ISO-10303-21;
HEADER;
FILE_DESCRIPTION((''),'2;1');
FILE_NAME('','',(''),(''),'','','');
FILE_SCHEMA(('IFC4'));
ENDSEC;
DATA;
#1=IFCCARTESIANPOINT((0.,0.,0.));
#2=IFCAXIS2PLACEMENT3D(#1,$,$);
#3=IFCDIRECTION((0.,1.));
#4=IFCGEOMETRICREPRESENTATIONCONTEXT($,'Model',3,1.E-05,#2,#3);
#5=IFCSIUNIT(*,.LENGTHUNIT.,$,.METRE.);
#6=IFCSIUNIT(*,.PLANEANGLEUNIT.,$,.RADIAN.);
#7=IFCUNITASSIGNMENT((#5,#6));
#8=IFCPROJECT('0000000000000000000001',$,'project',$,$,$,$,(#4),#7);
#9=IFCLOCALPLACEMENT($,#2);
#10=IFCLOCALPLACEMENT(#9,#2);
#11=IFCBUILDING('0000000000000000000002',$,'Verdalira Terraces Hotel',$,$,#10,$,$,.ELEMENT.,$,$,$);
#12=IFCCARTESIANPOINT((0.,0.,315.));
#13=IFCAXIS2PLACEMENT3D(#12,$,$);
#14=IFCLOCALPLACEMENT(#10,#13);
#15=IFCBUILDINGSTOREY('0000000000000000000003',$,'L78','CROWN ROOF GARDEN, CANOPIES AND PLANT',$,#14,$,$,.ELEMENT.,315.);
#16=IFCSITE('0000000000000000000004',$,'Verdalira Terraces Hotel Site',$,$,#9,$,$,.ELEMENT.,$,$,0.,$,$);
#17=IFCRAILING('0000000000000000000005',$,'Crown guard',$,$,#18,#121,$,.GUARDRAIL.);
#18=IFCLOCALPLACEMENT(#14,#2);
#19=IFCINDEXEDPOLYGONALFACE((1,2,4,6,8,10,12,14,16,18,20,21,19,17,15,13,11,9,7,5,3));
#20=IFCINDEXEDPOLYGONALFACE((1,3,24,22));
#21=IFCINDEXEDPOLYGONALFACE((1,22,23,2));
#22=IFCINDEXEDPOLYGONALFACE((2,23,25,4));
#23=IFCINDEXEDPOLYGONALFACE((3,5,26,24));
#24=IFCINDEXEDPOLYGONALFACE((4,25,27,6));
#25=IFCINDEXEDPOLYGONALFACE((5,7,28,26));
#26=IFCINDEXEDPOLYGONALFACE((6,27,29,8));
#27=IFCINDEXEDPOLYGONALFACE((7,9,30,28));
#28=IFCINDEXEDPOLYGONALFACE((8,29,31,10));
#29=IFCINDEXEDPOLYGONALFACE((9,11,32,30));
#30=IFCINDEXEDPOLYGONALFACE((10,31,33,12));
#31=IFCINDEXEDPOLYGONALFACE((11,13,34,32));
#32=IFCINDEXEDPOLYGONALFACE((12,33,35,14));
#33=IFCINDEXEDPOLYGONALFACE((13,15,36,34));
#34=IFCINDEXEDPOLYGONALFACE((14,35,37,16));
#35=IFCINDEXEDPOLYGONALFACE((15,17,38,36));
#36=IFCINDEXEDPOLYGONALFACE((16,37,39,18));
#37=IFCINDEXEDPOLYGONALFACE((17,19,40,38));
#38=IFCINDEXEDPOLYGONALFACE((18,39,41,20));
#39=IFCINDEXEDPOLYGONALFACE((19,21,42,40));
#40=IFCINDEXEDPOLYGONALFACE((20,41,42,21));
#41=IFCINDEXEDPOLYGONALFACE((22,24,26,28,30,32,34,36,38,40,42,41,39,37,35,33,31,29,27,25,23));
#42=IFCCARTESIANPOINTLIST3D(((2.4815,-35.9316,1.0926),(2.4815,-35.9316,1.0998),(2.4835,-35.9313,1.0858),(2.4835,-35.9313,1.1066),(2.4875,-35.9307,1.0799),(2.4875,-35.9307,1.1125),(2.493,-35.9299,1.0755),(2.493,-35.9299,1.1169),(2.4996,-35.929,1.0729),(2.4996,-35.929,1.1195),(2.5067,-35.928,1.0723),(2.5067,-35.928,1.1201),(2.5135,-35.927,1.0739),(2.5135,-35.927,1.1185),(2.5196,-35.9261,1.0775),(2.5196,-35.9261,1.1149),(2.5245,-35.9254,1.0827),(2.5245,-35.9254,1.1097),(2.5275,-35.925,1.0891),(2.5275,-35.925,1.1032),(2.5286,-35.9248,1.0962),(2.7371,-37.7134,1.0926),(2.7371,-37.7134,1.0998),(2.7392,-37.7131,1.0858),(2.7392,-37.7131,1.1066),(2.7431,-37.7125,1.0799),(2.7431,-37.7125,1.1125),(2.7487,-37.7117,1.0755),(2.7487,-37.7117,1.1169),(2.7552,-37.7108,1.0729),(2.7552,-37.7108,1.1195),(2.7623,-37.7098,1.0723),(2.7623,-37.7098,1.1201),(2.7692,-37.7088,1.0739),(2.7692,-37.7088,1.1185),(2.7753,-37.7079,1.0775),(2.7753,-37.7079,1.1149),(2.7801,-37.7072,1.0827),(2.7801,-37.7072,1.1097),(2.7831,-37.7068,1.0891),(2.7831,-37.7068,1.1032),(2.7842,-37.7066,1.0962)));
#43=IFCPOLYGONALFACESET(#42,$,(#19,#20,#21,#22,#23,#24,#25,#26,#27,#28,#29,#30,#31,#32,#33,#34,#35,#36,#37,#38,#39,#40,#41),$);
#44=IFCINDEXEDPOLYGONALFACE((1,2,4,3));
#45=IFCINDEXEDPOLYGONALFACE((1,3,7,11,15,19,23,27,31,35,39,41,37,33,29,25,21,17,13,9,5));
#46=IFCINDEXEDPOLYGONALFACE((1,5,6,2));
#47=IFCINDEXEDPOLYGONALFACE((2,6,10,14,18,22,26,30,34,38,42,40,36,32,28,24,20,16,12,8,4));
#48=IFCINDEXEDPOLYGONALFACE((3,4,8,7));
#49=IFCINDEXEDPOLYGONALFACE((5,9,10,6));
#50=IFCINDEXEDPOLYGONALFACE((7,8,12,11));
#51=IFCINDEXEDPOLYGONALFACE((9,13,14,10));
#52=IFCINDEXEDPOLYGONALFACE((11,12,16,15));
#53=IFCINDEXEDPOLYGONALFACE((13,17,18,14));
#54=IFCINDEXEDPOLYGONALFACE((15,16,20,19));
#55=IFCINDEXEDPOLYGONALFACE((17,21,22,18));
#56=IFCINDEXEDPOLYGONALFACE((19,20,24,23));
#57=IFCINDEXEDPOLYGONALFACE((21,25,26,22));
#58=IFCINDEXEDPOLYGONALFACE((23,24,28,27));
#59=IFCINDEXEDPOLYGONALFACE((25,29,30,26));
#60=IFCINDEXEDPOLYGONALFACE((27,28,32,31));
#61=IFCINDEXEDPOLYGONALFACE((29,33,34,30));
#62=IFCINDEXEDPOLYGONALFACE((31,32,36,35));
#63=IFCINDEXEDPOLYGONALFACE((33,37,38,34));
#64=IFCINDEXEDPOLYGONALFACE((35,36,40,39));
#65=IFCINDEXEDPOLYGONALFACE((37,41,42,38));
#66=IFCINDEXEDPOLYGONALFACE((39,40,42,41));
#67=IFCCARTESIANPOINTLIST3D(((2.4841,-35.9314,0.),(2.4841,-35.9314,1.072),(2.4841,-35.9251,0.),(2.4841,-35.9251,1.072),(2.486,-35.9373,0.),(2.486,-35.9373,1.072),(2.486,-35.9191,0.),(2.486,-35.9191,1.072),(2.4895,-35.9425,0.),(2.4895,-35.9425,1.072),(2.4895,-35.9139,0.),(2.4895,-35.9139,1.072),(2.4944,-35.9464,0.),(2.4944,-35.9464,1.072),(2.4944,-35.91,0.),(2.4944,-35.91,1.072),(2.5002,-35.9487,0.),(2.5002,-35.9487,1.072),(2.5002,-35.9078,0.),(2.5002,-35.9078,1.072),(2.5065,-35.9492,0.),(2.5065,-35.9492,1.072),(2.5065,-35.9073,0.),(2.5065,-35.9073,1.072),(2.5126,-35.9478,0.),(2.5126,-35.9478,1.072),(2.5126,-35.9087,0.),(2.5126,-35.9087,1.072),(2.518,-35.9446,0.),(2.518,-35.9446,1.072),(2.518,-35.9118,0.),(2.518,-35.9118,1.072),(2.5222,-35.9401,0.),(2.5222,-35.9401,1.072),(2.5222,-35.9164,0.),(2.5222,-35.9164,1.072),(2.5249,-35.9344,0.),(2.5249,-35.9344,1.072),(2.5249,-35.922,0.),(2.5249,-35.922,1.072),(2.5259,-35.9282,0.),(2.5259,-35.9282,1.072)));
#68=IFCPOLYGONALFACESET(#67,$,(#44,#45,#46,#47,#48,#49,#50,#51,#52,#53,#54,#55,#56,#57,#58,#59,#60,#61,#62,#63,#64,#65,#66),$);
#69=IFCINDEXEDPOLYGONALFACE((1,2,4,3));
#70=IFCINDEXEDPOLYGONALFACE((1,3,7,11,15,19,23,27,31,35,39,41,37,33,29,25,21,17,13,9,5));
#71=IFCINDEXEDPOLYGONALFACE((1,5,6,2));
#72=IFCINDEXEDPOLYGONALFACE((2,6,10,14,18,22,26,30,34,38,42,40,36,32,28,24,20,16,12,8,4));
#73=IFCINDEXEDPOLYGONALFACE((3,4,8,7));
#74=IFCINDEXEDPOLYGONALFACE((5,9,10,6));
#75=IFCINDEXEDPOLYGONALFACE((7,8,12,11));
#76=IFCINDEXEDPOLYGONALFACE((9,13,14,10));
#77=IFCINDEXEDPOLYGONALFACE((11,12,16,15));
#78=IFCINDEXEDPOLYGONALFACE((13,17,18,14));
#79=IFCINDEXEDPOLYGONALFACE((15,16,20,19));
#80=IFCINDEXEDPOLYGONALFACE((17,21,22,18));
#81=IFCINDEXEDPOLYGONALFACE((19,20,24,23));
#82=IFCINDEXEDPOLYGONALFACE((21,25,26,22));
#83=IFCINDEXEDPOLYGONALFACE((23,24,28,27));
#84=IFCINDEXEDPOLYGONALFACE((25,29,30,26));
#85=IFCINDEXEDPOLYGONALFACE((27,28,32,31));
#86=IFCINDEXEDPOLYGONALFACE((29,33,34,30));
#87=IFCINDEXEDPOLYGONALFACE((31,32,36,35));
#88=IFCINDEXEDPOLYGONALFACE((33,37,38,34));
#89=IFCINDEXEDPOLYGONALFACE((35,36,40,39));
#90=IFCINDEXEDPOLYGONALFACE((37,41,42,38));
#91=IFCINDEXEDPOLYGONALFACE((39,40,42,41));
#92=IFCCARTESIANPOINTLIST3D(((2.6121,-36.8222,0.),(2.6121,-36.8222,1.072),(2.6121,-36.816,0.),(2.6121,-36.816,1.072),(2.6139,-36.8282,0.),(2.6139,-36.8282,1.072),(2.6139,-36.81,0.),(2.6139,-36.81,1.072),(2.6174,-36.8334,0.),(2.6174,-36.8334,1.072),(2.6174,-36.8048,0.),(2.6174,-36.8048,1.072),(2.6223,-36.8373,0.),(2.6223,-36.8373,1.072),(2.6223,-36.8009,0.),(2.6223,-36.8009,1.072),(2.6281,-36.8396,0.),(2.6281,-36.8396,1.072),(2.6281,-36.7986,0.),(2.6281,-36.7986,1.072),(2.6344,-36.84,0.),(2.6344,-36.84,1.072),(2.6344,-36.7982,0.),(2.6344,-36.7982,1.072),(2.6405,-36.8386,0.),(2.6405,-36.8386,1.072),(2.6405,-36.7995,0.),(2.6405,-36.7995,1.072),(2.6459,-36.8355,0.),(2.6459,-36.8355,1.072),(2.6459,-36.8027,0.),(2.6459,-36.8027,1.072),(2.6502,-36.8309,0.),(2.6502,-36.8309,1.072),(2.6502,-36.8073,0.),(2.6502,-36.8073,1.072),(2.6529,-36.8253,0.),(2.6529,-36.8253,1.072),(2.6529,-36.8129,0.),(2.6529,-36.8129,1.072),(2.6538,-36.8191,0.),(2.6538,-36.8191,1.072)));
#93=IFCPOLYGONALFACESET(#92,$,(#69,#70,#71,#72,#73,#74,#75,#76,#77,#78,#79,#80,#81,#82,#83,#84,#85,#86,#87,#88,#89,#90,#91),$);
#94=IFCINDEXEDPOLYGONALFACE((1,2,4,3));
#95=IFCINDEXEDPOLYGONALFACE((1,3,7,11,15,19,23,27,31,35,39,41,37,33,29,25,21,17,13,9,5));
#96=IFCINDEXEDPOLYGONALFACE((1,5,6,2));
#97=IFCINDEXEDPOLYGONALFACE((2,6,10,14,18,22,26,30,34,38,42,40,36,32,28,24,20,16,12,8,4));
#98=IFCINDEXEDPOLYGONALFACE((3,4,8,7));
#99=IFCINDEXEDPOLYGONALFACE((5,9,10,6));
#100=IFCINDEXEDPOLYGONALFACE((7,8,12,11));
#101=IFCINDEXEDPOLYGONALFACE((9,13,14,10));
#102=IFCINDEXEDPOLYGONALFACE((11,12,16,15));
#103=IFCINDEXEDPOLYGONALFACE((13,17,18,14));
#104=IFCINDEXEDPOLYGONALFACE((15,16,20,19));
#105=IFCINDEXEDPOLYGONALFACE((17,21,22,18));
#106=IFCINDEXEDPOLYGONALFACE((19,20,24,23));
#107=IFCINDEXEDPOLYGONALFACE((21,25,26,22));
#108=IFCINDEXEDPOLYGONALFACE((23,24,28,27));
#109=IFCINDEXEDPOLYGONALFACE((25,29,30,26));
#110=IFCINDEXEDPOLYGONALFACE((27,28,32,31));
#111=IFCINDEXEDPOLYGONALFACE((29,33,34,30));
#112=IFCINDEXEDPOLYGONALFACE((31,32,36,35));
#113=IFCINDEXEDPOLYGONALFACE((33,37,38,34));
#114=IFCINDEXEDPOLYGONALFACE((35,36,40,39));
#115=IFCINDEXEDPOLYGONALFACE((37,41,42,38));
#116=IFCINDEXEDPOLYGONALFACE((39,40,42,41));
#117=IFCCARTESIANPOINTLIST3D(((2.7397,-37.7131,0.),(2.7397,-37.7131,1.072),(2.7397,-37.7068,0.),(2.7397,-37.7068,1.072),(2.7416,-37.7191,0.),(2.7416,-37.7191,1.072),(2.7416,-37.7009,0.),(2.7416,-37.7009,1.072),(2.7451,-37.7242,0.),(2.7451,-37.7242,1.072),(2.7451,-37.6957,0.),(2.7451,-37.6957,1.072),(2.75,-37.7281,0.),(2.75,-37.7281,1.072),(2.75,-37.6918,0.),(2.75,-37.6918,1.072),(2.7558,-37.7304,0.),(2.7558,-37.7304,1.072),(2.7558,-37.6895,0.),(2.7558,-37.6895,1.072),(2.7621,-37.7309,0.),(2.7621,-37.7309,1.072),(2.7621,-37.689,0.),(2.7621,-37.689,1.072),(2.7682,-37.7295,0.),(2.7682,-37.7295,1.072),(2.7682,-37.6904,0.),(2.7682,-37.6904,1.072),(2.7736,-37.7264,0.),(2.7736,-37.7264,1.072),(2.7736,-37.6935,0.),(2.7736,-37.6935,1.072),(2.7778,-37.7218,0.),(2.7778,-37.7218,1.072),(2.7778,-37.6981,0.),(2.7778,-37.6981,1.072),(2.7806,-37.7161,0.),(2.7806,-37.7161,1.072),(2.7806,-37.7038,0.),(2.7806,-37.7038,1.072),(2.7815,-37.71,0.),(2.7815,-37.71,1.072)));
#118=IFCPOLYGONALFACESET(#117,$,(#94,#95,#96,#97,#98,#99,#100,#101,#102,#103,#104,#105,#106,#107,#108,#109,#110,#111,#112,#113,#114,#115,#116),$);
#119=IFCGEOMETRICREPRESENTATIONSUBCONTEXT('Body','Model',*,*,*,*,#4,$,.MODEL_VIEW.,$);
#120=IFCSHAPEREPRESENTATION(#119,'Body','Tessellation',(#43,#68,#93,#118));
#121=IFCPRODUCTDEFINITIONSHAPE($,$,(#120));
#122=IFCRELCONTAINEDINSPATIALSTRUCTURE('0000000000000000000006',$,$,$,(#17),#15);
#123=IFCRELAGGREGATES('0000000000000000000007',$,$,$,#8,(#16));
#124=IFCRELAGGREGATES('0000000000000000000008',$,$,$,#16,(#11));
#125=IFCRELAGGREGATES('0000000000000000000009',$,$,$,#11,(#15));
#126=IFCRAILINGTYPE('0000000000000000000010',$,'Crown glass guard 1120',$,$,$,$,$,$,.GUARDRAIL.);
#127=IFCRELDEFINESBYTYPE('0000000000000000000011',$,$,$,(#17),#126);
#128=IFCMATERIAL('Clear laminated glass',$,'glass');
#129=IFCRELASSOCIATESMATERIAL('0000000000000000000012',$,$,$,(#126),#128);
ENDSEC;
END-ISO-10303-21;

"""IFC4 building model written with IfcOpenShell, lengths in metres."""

from ifc_helpers import new_model, si_unit, direction, frame, origin, origin_2d, place, context, subcontext, project, spatial, circle, extrude, material, type_object, element, save


model = new_model("IFC4")

# Units and contexts
model_context = context("Model", 3, precision=1e-05, world=origin(), true_north=direction((0.0, 1.0)))
body_context = subcontext(model_context, "Body", "Model", "MODEL_VIEW")
ifc_project = project(units=[si_unit("LENGTHUNIT", "METRE"), si_unit("PLANEANGLEUNIT", "RADIAN")], contexts=[model_context])

# Site, building, storey
site_placement = place(None, origin())
site = spatial("IfcSite", under=ifc_project, at=site_placement, Name="Verdalira Terraces Hotel Site", CompositionType="ELEMENT", RefElevation=0.0)
building_placement = place(site_placement, origin())
building = spatial("IfcBuilding", under=site, at=building_placement, Name="Verdalira Terraces Hotel", CompositionType="ELEMENT")
storey_placement = place(building_placement, frame((0.0, 0.0, 315.0)))
storey = spatial("IfcBuildingStorey", under=building, at=storey_placement, Name="L78", Description="CROWN ROOF GARDEN, CANOPIES AND PLANT", CompositionType="ELEMENT", Elevation=315.0)

# Railing
ifc_material_1 = material(Name="Clear laminated glass", Category="glass")
railing_type = type_object("IfcRailingType", Name="Crown glass guard 1120", PredefinedType="GUARDRAIL", material=ifc_material_1)
railing_1_placement = place(storey_placement, frame((2.5049, -35.9282, 0.0)))
element("IfcRailing", 1, at=railing_1_placement, inside=storey, type_object=railing_type, Name="Crown guard", PredefinedType="GUARDRAIL", context=body_context, shape_type="SweptSolid", body=[
    extrude(circle(Radius=0.0239, at=origin_2d()), frame((0.0, 0.0, 1.0962), z_axis=(0.14201, -0.989865, 0.0), x_axis=(0.989865, 0.14201, 0.0)), (0.0, 0.0, 1.0), 1.8),
    extrude(circle(Radius=0.021, at=origin_2d()), origin(), (0.0, 0.0, 1.0), 1.072),
    extrude(circle(Radius=0.021, at=origin_2d()), frame((0.1279, -0.8909, 0.0)), (0.0, 0.0, 1.0), 1.072),
    extrude(circle(Radius=0.021, at=origin_2d()), frame((0.2556, -1.7817, 0.0)), (0.0, 0.0, 1.0), 1.072),
])

save(model, "model.ifc")
